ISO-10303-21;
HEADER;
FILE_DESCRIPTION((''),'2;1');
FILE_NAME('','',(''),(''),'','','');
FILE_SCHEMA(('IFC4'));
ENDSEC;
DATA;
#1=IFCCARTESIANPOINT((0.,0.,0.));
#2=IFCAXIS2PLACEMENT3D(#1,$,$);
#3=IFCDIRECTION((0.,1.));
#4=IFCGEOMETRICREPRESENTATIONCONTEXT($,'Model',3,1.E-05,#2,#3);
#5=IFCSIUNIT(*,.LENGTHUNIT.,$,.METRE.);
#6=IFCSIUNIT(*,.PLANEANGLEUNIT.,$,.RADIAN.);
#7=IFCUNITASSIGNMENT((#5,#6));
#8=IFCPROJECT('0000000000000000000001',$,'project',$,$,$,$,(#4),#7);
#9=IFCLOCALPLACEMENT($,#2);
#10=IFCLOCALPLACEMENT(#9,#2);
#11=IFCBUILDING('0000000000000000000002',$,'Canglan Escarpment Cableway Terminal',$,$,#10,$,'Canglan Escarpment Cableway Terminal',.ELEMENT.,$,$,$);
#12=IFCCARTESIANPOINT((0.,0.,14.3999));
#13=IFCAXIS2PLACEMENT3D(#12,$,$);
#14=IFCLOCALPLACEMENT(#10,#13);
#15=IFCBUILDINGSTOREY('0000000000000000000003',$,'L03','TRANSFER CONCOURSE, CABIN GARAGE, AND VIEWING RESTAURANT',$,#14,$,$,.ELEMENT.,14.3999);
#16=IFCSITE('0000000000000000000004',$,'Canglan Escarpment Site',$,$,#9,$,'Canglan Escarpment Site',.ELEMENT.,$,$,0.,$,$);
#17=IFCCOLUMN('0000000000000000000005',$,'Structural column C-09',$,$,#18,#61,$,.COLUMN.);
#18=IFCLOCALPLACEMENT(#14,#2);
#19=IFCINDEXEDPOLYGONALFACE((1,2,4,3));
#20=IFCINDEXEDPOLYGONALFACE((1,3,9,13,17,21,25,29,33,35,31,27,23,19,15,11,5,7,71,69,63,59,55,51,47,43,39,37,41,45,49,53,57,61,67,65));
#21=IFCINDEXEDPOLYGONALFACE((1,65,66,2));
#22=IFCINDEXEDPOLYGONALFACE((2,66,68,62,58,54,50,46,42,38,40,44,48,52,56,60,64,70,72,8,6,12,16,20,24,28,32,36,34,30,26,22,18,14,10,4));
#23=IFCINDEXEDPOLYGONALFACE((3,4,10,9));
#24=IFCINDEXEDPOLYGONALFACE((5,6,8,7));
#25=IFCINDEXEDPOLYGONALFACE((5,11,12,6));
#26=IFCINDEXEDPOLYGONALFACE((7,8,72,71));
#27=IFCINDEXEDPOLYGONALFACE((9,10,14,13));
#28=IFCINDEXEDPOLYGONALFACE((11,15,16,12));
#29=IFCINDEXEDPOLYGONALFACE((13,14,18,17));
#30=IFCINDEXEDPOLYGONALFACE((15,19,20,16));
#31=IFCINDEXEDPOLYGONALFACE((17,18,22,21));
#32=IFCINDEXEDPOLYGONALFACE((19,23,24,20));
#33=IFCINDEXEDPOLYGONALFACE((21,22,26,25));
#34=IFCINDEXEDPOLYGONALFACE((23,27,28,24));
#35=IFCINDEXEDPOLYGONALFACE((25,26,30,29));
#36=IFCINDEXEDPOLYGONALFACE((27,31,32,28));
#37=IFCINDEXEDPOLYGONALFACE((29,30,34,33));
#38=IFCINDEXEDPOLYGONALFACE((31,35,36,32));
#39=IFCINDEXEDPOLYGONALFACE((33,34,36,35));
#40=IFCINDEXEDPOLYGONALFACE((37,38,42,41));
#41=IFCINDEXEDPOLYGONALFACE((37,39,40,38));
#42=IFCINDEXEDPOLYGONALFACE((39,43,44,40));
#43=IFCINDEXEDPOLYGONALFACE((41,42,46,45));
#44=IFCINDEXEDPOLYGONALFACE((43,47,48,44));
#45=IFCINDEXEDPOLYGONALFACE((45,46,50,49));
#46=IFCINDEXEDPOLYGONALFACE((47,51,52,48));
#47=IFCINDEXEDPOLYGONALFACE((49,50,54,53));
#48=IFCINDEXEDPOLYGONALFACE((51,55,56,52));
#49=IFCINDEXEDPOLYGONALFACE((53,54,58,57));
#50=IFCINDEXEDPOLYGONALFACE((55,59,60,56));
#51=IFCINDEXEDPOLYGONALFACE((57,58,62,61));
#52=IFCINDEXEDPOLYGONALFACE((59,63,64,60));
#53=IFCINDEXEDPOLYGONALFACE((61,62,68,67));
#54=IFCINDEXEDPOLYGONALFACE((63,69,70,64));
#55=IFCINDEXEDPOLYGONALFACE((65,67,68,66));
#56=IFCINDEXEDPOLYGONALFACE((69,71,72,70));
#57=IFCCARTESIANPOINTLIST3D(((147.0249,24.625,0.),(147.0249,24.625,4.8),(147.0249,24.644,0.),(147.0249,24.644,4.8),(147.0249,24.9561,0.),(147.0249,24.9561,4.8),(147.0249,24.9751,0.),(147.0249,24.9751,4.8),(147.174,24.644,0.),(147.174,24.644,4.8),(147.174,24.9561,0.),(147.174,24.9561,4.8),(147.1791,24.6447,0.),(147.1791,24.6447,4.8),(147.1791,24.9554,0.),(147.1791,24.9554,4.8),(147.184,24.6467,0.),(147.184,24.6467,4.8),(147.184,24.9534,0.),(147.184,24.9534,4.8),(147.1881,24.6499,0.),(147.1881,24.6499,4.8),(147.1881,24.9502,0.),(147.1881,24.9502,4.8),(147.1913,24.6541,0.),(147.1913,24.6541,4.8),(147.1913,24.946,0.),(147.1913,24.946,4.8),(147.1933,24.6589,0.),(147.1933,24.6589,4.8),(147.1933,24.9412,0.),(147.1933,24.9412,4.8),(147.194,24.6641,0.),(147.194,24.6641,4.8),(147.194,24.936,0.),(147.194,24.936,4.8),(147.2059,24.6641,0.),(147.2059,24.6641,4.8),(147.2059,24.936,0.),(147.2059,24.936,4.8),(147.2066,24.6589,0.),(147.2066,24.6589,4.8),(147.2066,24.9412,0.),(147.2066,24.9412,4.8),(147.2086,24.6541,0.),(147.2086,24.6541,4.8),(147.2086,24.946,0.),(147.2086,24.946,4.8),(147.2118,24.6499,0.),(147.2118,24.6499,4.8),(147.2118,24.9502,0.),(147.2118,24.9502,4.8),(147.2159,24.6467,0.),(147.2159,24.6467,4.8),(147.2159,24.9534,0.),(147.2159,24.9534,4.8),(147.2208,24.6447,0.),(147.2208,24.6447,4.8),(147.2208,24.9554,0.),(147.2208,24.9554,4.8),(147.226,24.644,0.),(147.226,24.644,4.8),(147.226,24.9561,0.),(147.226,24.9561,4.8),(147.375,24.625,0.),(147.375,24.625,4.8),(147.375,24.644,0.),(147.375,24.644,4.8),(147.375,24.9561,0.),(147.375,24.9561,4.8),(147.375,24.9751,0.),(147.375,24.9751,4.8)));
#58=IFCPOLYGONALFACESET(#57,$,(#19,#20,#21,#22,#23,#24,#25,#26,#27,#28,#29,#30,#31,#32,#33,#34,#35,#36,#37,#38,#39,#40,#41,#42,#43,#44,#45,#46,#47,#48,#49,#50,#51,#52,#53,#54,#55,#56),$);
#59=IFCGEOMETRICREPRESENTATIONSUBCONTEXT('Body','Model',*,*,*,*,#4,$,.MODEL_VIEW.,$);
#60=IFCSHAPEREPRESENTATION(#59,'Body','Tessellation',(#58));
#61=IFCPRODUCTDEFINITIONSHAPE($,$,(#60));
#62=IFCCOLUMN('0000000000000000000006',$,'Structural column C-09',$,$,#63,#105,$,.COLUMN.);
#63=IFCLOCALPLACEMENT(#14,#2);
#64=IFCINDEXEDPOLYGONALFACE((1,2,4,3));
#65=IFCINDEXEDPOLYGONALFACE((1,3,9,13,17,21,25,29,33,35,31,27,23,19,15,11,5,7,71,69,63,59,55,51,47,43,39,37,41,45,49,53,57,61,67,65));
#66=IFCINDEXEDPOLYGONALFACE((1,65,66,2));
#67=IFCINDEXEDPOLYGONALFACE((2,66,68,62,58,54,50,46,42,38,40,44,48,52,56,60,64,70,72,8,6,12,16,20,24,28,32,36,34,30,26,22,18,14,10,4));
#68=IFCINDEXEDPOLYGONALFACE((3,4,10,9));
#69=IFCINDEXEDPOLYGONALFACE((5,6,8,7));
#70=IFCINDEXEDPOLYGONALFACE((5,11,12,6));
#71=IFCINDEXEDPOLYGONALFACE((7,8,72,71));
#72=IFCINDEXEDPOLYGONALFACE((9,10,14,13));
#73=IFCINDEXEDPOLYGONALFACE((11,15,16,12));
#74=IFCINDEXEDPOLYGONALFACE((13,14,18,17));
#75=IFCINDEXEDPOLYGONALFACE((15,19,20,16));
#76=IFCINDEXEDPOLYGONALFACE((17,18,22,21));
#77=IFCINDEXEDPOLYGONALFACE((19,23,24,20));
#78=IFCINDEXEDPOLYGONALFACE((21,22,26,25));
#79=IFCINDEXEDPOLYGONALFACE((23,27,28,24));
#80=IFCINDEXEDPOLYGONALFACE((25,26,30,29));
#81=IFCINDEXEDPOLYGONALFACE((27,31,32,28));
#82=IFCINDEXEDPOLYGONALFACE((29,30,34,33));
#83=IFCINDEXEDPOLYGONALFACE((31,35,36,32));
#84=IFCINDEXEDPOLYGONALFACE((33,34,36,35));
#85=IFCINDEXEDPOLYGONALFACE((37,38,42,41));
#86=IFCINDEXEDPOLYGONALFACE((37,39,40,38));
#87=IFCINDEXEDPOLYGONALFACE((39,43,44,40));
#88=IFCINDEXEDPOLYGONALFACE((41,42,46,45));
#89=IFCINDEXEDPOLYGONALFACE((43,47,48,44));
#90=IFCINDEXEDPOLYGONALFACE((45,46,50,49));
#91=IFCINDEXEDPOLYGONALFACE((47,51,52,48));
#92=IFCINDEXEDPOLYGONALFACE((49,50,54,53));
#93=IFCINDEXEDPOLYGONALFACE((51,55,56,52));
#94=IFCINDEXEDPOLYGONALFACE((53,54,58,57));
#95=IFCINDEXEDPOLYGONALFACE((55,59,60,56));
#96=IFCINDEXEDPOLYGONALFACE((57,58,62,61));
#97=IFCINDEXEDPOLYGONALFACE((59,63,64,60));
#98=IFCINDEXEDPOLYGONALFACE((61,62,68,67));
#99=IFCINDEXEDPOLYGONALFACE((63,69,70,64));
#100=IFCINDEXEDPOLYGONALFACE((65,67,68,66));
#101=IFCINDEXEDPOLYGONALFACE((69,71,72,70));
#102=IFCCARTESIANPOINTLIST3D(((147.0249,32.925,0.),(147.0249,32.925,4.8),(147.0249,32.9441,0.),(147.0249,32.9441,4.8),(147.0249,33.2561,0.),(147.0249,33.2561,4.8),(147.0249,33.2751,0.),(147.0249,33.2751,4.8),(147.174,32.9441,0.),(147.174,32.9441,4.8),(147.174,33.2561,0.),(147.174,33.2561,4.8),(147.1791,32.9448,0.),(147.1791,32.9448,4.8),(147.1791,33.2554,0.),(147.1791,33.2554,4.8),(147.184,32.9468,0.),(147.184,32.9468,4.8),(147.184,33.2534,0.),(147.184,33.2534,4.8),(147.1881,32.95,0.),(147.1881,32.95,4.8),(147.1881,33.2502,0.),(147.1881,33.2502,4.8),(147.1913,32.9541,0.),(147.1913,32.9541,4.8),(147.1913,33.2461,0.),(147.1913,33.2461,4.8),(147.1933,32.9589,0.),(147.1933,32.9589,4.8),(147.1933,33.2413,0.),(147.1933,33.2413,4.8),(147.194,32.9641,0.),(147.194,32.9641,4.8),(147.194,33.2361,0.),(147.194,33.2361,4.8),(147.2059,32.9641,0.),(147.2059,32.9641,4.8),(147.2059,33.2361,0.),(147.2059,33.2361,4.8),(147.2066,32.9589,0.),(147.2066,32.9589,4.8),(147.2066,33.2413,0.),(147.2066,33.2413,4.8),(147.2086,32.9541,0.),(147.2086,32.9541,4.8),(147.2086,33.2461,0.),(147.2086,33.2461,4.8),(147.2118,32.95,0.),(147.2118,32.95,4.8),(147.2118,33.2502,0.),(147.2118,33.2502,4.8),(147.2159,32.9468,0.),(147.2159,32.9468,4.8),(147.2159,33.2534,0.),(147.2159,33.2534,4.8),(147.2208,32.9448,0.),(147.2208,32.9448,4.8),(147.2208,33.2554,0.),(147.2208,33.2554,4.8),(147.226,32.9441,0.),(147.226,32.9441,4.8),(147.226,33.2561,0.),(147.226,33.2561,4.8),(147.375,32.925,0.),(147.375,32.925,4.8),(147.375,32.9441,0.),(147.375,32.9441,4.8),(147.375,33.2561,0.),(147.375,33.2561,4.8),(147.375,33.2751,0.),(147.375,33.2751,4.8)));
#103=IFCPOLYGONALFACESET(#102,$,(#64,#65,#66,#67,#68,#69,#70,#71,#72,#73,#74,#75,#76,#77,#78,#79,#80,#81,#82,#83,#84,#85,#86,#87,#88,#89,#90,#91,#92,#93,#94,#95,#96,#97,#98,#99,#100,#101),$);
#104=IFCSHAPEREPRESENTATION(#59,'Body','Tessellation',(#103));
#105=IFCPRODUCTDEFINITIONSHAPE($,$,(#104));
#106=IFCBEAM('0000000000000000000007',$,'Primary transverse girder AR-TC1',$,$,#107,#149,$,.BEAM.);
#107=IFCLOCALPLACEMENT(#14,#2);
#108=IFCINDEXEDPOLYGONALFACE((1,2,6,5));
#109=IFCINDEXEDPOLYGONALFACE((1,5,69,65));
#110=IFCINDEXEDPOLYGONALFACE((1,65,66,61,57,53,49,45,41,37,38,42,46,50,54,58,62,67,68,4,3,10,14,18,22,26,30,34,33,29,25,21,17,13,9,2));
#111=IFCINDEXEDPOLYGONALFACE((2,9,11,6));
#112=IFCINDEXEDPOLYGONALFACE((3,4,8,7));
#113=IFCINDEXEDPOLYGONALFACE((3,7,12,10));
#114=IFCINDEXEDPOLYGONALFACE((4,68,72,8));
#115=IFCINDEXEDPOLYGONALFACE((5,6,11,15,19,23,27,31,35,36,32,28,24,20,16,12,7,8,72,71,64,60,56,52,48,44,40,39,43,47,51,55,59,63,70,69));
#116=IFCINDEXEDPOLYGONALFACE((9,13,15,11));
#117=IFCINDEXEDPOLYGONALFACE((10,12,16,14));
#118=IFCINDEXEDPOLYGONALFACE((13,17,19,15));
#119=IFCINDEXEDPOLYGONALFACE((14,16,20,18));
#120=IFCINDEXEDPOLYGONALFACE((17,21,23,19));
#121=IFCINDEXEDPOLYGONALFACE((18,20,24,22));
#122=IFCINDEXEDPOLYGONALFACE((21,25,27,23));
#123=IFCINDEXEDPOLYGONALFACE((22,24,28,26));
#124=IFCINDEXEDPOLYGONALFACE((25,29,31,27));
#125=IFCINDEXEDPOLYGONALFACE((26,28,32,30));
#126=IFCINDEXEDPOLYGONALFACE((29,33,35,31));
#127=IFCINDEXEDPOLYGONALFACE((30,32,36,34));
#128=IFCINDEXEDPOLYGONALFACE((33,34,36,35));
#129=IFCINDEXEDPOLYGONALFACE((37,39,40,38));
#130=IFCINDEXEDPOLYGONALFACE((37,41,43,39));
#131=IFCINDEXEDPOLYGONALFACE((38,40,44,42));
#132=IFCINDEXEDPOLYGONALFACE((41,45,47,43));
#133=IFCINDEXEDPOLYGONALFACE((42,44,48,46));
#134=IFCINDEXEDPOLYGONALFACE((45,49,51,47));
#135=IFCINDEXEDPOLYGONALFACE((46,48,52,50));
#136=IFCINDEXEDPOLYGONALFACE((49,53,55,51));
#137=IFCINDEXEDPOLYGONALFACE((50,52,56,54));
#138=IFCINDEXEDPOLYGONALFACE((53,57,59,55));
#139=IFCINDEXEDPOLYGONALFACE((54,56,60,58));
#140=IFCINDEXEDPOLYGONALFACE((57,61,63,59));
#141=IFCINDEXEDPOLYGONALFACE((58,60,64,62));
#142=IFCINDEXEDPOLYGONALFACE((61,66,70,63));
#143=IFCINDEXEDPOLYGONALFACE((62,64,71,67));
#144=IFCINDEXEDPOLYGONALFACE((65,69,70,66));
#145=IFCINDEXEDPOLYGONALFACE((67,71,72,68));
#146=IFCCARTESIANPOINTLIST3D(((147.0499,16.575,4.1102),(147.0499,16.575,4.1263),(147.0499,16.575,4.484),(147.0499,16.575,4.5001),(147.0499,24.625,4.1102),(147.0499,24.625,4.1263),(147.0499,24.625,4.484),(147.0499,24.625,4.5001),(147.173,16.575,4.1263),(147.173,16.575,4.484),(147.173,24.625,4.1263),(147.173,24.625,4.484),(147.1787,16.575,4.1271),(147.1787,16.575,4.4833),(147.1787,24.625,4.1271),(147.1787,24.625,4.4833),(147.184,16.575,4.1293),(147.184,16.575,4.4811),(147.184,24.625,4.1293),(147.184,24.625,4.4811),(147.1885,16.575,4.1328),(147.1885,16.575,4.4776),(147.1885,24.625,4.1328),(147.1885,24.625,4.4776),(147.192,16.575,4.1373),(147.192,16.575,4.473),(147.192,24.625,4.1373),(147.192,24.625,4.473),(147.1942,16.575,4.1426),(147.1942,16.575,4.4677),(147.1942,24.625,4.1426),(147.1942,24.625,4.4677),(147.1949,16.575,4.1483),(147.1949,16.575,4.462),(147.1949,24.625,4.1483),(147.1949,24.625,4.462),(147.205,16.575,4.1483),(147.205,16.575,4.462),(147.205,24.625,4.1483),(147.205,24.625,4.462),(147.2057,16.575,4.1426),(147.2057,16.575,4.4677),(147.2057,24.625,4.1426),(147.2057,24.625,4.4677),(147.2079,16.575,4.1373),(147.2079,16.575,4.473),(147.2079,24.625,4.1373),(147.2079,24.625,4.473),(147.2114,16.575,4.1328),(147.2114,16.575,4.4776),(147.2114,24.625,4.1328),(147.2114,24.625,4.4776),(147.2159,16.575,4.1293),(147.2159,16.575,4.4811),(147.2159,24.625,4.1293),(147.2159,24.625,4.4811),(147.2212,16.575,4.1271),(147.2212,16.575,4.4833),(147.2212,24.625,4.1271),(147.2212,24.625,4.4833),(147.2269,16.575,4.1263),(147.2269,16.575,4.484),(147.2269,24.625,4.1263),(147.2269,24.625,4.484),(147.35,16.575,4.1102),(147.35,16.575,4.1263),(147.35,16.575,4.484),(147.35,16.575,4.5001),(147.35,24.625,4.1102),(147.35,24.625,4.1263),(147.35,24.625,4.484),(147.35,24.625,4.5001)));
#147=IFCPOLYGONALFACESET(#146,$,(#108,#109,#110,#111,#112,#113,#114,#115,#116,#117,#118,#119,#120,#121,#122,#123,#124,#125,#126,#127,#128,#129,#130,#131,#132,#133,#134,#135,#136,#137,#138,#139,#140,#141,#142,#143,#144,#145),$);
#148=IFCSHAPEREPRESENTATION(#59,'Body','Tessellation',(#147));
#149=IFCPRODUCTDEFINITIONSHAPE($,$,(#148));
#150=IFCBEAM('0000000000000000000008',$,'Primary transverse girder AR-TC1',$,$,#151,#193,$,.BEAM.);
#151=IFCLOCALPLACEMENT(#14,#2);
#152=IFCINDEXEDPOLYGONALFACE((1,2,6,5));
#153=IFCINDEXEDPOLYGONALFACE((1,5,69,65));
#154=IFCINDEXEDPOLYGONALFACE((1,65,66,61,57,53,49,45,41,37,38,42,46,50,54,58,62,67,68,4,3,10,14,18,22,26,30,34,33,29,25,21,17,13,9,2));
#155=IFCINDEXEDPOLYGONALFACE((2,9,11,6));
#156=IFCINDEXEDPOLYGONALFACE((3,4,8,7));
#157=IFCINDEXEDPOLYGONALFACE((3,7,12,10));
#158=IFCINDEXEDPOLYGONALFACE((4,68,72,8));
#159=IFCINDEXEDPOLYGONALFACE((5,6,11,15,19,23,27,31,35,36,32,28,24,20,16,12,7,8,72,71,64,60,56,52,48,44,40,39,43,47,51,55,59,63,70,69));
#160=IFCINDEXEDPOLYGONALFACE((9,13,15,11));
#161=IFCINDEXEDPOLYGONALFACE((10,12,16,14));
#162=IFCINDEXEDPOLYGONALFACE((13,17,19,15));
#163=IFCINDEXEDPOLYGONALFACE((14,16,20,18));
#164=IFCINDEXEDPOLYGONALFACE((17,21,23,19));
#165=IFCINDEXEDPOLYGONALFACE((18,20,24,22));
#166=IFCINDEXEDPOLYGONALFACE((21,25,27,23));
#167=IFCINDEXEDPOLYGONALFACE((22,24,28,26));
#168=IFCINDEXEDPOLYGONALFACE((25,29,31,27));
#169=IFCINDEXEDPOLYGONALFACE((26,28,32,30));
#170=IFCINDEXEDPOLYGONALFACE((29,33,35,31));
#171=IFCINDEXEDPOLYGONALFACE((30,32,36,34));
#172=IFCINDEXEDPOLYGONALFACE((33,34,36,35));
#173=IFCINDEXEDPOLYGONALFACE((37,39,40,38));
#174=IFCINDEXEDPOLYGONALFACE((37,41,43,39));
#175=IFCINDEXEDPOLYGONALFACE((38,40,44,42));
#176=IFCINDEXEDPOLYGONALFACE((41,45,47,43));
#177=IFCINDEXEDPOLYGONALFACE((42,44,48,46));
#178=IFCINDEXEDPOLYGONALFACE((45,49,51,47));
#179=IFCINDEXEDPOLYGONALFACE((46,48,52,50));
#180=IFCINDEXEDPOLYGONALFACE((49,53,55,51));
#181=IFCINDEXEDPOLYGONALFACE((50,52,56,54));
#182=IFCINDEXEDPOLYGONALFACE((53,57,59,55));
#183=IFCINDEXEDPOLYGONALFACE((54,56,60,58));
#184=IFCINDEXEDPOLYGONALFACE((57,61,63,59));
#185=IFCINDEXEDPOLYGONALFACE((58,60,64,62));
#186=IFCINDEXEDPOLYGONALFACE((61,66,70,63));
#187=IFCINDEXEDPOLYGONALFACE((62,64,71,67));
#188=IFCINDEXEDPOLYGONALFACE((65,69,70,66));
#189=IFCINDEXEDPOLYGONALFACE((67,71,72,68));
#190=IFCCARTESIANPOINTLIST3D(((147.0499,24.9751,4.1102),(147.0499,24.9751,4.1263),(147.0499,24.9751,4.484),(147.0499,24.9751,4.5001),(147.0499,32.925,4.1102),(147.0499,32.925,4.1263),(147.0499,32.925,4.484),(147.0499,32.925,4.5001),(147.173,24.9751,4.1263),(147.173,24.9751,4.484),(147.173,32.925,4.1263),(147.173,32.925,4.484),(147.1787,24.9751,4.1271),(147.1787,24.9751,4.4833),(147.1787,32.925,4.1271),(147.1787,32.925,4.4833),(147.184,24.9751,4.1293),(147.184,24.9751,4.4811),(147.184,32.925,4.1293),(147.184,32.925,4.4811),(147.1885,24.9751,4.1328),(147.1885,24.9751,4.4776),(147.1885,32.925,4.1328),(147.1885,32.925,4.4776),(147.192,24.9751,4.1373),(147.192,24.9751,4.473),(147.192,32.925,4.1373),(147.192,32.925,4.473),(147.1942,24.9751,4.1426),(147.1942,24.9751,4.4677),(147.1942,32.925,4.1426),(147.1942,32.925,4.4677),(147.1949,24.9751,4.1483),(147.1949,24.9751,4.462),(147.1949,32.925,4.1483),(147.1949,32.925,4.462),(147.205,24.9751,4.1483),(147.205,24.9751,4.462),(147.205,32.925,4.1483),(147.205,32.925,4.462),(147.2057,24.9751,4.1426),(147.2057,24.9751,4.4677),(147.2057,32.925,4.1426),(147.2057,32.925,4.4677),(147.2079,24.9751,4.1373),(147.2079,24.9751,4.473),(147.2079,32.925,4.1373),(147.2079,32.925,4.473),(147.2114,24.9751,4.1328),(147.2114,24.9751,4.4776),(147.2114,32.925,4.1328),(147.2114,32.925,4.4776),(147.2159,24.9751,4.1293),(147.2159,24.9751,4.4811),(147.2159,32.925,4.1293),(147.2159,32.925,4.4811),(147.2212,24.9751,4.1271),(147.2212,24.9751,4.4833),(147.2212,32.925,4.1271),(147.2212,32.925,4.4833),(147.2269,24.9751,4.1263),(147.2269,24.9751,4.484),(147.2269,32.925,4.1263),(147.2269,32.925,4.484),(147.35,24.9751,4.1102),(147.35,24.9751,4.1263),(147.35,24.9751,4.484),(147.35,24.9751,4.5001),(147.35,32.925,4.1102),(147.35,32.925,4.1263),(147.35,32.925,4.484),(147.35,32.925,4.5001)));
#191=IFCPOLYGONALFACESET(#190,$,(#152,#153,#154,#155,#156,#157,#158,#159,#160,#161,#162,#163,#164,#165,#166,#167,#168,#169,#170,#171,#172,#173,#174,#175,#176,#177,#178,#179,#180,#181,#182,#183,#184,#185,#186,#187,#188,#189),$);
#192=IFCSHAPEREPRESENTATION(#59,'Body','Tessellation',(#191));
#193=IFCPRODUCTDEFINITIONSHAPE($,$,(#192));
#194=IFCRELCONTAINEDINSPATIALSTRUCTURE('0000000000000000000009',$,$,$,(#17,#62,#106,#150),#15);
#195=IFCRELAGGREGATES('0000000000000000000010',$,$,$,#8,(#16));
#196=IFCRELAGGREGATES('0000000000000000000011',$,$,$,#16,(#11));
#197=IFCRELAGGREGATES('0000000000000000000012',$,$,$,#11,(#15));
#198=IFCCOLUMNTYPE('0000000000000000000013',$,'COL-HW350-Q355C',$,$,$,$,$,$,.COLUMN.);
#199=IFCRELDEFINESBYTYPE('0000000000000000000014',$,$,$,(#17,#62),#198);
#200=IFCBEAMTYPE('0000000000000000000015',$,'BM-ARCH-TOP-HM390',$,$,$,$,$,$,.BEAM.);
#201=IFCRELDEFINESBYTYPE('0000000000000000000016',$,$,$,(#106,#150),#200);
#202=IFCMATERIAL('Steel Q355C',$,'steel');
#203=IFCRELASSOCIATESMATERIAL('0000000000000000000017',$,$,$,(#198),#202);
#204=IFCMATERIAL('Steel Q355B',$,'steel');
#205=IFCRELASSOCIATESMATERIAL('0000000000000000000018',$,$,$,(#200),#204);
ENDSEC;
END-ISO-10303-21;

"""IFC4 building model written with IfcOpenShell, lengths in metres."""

from ifc_helpers import new_model, si_unit, direction, frame, origin, origin_2d, place, context, subcontext, project, spatial, i_section, extrude, material, material_profile, profile_set, type_object, element, save


model = new_model("IFC4")

# Units and contexts
model_context = context("Model", 3, precision=1e-05, world=origin(), true_north=direction((0.0, 1.0)))
body_context = subcontext(model_context, "Body", "Model", "MODEL_VIEW")
ifc_project = project(units=[si_unit("LENGTHUNIT", "METRE"), si_unit("PLANEANGLEUNIT", "RADIAN")], contexts=[model_context])

# Site, building, storey
site_placement = place(None, origin())
site = spatial("IfcSite", under=ifc_project, at=site_placement, Name="Canglan Escarpment Site", LongName="Canglan Escarpment Site", CompositionType="ELEMENT", RefElevation=0.0)
building_placement = place(site_placement, origin())
building = spatial("IfcBuilding", under=site, at=building_placement, Name="Canglan Escarpment Cableway Terminal", LongName="Canglan Escarpment Cableway Terminal", CompositionType="ELEMENT")
storey_placement = place(building_placement, frame((0.0, 0.0, 14.3999)))
storey = spatial("IfcBuildingStorey", under=building, at=storey_placement, Name="L03", Description="TRANSFER CONCOURSE, CABIN GARAGE, AND VIEWING RESTAURANT", CompositionType="ELEMENT", Elevation=14.3999)

# Columns
ifc_material_1 = material(Name="Steel Q355C", Category="steel")
ifc_material_profile_1 = material_profile(ifc_material_1, i_section(OverallWidth=0.3501, OverallDepth=0.3501, WebThickness=0.012, FlangeThickness=0.019, FilletRadius=0.02, at=origin_2d()), Name="HW 350x350x12x19")
ifc_profile_set_1 = profile_set([ifc_material_profile_1], Name="Steel Q355C")
column_type = type_object("IfcColumnType", Name="COL-HW350-Q355C", PredefinedType="COLUMN", material=ifc_profile_set_1)
for number, where, z_axis, x_axis, name in (
    (1, (147.2, 24.8, 0.0), (0.0, 0.0, 1.0), (1.0, 0.0, 0.0), "Structural column C-09"),
    (2, (147.2, 33.1001, 0.0), (0.0, 0.0, 1.0), (1.0, 0.0, 0.0), "Structural column C-09"),
):
    element("IfcColumn", number, at=place(storey_placement, frame(where, z_axis=z_axis, x_axis=x_axis)), inside=storey, type_object=column_type, Name=name, PredefinedType="COLUMN", context=body_context, shape_type="SweptSolid", body=[
        extrude(i_section(OverallWidth=0.3501, OverallDepth=0.3501, WebThickness=0.012, FlangeThickness=0.019, FilletRadius=0.02, at=origin_2d()), origin(), (0.0, 0.0, 1.0), 4.8),
    ])

# Beams
ifc_material_2 = material(Name="Steel Q355B", Category="steel")
ifc_material_profile_2 = material_profile(ifc_material_2, i_section(OverallWidth=0.3, OverallDepth=0.3899, WebThickness=0.01, FlangeThickness=0.0161, FilletRadius=0.022, at=origin_2d()), Name="HM 390x300x10x16")
ifc_profile_set_2 = profile_set([ifc_material_profile_2], Name="Steel Q355B")
beam_type_1 = type_object("IfcBeamType", Name="BM-ARCH-TOP-HM390", PredefinedType="BEAM", material=ifc_profile_set_2)
beam_1_placement = place(storey_placement, frame((147.2, 16.575, 4.3052), z_axis=(0.0, 1.0, 0.0), x_axis=(-1.0, 0.0, 0.0)))
element("IfcBeam", 3, at=beam_1_placement, inside=storey, type_object=beam_type_1, Name="Primary transverse girder AR-TC1", PredefinedType="BEAM", context=body_context, shape_type="SweptSolid", body=[
    extrude(i_section(OverallWidth=0.3, OverallDepth=0.3899, WebThickness=0.01, FlangeThickness=0.0161, FilletRadius=0.022, at=origin_2d()), origin(), (0.0, 0.0, 1.0), 8.05),
])
beam_2_placement = place(storey_placement, frame((147.2, 24.9751, 4.3052), z_axis=(0.0, 1.0, 0.0), x_axis=(-1.0, 0.0, 0.0)))
element("IfcBeam", 4, at=beam_2_placement, inside=storey, type_object=beam_type_1, Name="Primary transverse girder AR-TC1", PredefinedType="BEAM", context=body_context, shape_type="SweptSolid", body=[
    extrude(i_section(OverallWidth=0.3, OverallDepth=0.3899, WebThickness=0.01, FlangeThickness=0.0161, FilletRadius=0.022, at=origin_2d()), origin(), (0.0, 0.0, 1.0), 7.95),
])

save(model, "model.ifc")
